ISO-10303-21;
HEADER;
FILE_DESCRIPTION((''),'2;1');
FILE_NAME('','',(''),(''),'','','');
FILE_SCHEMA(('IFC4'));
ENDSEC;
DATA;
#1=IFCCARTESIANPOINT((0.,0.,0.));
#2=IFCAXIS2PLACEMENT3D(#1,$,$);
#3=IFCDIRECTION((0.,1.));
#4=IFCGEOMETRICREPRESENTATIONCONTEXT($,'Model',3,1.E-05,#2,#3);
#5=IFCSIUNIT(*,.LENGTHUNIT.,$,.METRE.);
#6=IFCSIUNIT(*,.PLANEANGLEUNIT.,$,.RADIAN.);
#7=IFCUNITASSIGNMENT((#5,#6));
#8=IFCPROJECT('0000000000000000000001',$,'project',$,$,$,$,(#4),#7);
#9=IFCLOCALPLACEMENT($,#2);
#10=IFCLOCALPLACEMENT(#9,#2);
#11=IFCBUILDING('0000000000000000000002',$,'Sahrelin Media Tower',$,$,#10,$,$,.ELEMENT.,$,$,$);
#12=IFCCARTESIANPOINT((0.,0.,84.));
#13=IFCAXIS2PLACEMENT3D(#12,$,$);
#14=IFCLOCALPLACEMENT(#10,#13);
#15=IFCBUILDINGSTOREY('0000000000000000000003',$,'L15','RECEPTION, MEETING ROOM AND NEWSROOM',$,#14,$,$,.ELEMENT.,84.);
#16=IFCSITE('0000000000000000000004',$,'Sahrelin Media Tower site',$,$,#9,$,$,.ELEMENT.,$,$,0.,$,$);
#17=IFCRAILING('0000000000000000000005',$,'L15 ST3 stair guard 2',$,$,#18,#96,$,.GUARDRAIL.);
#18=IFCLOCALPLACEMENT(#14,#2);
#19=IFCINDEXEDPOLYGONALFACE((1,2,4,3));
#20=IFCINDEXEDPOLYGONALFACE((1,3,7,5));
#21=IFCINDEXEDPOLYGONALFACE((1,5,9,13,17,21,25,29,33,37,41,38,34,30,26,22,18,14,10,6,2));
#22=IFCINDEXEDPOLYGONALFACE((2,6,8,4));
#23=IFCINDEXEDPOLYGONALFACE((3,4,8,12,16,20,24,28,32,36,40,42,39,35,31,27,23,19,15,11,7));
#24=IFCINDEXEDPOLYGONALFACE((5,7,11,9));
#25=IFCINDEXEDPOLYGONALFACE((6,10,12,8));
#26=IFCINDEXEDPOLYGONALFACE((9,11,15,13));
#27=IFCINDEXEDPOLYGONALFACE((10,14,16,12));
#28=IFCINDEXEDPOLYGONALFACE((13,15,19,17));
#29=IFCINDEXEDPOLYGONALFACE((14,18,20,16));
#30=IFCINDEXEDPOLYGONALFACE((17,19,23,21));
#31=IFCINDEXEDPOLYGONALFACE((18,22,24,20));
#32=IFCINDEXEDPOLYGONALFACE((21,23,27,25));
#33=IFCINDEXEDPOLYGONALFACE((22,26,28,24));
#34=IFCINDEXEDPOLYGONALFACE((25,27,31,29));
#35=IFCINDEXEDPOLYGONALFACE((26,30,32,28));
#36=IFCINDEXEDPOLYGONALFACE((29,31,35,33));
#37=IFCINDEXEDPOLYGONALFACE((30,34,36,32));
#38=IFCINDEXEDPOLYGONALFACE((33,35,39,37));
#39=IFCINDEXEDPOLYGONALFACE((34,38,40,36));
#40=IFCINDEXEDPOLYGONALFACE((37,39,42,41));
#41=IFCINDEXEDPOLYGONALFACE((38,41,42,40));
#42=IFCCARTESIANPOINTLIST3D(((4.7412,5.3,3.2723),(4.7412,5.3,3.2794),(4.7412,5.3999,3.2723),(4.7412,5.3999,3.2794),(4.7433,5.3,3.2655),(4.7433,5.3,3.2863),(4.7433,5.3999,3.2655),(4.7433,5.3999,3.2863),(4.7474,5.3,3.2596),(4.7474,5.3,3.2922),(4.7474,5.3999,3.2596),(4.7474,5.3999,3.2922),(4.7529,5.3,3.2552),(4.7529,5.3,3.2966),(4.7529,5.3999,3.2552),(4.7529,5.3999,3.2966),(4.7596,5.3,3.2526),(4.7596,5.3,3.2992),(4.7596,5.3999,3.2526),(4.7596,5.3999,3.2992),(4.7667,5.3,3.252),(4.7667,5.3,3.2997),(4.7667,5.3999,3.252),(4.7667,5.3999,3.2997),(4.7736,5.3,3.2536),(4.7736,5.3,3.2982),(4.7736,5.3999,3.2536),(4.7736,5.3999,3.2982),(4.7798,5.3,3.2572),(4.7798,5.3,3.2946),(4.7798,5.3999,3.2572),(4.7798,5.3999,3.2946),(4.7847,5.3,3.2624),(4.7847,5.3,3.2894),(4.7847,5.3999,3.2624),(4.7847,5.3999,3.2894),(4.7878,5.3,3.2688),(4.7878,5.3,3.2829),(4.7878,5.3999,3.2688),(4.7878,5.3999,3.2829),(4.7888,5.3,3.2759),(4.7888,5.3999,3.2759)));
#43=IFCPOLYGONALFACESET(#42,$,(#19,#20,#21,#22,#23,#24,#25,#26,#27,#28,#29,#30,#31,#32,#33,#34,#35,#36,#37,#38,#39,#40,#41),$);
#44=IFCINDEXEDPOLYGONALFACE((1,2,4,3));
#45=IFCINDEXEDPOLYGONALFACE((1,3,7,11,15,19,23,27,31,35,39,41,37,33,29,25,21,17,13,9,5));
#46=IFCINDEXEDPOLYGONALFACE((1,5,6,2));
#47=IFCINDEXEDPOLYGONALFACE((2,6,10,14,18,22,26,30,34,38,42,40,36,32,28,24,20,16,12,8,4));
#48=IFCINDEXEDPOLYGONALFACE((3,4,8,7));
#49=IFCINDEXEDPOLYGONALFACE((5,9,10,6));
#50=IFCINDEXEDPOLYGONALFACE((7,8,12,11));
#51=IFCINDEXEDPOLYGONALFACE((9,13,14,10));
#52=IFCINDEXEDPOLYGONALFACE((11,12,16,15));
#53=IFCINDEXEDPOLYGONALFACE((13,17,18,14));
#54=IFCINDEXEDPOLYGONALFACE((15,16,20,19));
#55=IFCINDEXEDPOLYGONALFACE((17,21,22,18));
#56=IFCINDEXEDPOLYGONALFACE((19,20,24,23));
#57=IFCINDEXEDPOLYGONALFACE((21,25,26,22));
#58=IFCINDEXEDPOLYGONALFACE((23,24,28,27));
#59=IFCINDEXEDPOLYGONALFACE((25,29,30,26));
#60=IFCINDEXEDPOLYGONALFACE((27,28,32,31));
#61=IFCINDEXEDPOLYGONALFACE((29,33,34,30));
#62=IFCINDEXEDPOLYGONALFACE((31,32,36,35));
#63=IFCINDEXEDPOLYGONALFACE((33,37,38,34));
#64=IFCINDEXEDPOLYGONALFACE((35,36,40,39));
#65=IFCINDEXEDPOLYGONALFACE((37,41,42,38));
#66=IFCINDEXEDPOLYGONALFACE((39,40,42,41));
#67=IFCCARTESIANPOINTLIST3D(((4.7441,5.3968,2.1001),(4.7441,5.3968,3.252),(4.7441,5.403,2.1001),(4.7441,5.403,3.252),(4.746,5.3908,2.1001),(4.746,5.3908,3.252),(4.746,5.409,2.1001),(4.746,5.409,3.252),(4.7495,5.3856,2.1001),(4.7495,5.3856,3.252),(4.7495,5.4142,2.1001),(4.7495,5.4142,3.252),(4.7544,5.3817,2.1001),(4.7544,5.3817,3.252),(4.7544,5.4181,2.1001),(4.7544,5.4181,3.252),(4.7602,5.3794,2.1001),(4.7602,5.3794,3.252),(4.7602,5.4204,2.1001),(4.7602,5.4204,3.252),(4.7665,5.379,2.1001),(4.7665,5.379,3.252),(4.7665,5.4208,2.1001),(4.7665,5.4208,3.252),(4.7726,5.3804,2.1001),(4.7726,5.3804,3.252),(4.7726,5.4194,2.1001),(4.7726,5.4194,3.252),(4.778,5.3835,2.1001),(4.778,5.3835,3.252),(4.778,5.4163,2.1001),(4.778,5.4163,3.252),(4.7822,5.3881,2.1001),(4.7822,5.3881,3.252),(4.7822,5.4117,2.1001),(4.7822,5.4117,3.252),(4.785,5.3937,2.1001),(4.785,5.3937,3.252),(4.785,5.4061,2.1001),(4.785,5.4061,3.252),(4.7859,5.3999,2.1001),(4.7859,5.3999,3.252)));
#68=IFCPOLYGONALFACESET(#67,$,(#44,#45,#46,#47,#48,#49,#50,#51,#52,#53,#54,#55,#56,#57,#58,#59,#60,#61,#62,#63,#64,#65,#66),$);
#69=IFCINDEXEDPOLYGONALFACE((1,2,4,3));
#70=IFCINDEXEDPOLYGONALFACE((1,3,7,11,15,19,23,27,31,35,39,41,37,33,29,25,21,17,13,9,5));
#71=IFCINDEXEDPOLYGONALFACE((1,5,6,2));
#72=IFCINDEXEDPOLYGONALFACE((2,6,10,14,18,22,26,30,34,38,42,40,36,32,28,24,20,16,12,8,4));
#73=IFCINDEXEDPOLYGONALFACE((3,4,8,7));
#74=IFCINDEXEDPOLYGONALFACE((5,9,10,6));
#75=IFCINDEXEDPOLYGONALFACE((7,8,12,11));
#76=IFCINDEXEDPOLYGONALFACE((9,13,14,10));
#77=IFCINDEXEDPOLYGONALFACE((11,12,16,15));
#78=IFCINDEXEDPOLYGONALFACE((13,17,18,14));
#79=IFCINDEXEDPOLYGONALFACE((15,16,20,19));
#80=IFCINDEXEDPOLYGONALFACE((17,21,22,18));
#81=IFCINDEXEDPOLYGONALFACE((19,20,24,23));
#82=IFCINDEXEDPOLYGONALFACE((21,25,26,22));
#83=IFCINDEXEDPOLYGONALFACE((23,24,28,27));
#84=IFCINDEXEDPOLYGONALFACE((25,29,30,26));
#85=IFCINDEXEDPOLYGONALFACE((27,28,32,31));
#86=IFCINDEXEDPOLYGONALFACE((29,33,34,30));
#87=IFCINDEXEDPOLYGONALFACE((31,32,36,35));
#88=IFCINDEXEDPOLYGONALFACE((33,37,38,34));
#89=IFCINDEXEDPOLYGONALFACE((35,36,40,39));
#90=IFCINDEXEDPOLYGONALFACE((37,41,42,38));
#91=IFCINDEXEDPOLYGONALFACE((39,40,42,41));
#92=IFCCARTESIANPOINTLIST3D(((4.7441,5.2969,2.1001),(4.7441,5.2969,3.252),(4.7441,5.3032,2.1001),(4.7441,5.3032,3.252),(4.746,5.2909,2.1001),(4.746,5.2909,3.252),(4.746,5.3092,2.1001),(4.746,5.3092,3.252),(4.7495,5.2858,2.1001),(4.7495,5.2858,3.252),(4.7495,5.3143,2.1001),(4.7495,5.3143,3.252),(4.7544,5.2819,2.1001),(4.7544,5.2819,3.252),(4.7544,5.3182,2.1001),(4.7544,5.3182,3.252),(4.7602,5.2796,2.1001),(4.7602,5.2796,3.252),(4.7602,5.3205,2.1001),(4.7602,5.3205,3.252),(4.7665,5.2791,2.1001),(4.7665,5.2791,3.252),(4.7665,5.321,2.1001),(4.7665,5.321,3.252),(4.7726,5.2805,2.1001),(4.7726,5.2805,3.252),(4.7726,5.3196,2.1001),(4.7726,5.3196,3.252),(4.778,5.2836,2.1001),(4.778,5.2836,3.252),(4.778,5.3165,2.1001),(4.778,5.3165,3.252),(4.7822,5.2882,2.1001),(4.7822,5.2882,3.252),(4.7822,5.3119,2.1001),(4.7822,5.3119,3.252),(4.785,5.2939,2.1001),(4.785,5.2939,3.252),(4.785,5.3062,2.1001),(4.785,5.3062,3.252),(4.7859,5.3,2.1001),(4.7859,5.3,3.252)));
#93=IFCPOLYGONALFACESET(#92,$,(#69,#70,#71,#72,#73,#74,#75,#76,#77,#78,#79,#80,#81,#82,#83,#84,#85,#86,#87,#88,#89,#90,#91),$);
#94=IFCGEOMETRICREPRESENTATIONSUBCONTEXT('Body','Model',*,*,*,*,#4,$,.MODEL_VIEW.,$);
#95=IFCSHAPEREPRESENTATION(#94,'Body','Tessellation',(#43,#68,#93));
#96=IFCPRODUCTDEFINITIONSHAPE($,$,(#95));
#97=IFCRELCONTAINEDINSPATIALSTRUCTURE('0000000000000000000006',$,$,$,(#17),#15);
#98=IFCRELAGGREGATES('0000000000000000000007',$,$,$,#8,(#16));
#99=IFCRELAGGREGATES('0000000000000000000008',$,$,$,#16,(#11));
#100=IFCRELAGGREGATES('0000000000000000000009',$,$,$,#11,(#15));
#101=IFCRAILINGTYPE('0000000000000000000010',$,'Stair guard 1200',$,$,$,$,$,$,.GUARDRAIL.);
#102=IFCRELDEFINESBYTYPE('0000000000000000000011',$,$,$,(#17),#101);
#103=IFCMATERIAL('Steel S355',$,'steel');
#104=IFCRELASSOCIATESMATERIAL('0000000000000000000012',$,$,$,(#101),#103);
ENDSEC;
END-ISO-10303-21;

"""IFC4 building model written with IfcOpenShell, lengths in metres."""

from ifc_helpers import new_model, si_unit, direction, frame, origin, origin_2d, place, context, subcontext, project, spatial, circle, extrude, material, type_object, element, save


model = new_model("IFC4")

# Units and contexts
model_context = context("Model", 3, precision=1e-05, world=origin(), true_north=direction((0.0, 1.0)))
body_context = subcontext(model_context, "Body", "Model", "MODEL_VIEW")
ifc_project = project(units=[si_unit("LENGTHUNIT", "METRE"), si_unit("PLANEANGLEUNIT", "RADIAN")], contexts=[model_context])

# Site, building, storey
site_placement = place(None, origin())
site = spatial("IfcSite", under=ifc_project, at=site_placement, Name="Sahrelin Media Tower site", CompositionType="ELEMENT", RefElevation=0.0)
building_placement = place(site_placement, origin())
building = spatial("IfcBuilding", under=site, at=building_placement, Name="Sahrelin Media Tower", CompositionType="ELEMENT")
storey_placement = place(building_placement, frame((0.0, 0.0, 84.0)))
storey = spatial("IfcBuildingStorey", under=building, at=storey_placement, Name="L15", Description="RECEPTION, MEETING ROOM AND NEWSROOM", CompositionType="ELEMENT", Elevation=84.0)

# Shared definitions
ifc_material_1 = material(Name="Steel S355", Category="steel")

# Railing
railing_type_1 = type_object("IfcRailingType", Name="Stair guard 1200", PredefinedType="GUARDRAIL", material=ifc_material_1)
railing_1_placement = place(storey_placement, frame((4.7649, 5.3999, 2.1001)))
element("IfcRailing", 1, at=railing_1_placement, inside=storey, type_object=railing_type_1, Name="L15 ST3 stair guard 2", PredefinedType="GUARDRAIL", context=body_context, shape_type="SweptSolid", body=[
    extrude(circle(Radius=0.0239, at=origin_2d()), frame((0.0, 0.0, 1.1758), z_axis=(0.0, -1.0, 0.0), x_axis=(1.0, 0.0, 0.0)), (0.0, 0.0, 1.0), 0.0999),
    extrude(circle(Radius=0.021, at=origin_2d()), origin(), (0.0, 0.0, 1.0), 1.1519),
    extrude(circle(Radius=0.021, at=origin_2d()), frame((0.0, -0.0999, 0.0)), (0.0, 0.0, 1.0), 1.1519),
])

save(model, "model.ifc")
